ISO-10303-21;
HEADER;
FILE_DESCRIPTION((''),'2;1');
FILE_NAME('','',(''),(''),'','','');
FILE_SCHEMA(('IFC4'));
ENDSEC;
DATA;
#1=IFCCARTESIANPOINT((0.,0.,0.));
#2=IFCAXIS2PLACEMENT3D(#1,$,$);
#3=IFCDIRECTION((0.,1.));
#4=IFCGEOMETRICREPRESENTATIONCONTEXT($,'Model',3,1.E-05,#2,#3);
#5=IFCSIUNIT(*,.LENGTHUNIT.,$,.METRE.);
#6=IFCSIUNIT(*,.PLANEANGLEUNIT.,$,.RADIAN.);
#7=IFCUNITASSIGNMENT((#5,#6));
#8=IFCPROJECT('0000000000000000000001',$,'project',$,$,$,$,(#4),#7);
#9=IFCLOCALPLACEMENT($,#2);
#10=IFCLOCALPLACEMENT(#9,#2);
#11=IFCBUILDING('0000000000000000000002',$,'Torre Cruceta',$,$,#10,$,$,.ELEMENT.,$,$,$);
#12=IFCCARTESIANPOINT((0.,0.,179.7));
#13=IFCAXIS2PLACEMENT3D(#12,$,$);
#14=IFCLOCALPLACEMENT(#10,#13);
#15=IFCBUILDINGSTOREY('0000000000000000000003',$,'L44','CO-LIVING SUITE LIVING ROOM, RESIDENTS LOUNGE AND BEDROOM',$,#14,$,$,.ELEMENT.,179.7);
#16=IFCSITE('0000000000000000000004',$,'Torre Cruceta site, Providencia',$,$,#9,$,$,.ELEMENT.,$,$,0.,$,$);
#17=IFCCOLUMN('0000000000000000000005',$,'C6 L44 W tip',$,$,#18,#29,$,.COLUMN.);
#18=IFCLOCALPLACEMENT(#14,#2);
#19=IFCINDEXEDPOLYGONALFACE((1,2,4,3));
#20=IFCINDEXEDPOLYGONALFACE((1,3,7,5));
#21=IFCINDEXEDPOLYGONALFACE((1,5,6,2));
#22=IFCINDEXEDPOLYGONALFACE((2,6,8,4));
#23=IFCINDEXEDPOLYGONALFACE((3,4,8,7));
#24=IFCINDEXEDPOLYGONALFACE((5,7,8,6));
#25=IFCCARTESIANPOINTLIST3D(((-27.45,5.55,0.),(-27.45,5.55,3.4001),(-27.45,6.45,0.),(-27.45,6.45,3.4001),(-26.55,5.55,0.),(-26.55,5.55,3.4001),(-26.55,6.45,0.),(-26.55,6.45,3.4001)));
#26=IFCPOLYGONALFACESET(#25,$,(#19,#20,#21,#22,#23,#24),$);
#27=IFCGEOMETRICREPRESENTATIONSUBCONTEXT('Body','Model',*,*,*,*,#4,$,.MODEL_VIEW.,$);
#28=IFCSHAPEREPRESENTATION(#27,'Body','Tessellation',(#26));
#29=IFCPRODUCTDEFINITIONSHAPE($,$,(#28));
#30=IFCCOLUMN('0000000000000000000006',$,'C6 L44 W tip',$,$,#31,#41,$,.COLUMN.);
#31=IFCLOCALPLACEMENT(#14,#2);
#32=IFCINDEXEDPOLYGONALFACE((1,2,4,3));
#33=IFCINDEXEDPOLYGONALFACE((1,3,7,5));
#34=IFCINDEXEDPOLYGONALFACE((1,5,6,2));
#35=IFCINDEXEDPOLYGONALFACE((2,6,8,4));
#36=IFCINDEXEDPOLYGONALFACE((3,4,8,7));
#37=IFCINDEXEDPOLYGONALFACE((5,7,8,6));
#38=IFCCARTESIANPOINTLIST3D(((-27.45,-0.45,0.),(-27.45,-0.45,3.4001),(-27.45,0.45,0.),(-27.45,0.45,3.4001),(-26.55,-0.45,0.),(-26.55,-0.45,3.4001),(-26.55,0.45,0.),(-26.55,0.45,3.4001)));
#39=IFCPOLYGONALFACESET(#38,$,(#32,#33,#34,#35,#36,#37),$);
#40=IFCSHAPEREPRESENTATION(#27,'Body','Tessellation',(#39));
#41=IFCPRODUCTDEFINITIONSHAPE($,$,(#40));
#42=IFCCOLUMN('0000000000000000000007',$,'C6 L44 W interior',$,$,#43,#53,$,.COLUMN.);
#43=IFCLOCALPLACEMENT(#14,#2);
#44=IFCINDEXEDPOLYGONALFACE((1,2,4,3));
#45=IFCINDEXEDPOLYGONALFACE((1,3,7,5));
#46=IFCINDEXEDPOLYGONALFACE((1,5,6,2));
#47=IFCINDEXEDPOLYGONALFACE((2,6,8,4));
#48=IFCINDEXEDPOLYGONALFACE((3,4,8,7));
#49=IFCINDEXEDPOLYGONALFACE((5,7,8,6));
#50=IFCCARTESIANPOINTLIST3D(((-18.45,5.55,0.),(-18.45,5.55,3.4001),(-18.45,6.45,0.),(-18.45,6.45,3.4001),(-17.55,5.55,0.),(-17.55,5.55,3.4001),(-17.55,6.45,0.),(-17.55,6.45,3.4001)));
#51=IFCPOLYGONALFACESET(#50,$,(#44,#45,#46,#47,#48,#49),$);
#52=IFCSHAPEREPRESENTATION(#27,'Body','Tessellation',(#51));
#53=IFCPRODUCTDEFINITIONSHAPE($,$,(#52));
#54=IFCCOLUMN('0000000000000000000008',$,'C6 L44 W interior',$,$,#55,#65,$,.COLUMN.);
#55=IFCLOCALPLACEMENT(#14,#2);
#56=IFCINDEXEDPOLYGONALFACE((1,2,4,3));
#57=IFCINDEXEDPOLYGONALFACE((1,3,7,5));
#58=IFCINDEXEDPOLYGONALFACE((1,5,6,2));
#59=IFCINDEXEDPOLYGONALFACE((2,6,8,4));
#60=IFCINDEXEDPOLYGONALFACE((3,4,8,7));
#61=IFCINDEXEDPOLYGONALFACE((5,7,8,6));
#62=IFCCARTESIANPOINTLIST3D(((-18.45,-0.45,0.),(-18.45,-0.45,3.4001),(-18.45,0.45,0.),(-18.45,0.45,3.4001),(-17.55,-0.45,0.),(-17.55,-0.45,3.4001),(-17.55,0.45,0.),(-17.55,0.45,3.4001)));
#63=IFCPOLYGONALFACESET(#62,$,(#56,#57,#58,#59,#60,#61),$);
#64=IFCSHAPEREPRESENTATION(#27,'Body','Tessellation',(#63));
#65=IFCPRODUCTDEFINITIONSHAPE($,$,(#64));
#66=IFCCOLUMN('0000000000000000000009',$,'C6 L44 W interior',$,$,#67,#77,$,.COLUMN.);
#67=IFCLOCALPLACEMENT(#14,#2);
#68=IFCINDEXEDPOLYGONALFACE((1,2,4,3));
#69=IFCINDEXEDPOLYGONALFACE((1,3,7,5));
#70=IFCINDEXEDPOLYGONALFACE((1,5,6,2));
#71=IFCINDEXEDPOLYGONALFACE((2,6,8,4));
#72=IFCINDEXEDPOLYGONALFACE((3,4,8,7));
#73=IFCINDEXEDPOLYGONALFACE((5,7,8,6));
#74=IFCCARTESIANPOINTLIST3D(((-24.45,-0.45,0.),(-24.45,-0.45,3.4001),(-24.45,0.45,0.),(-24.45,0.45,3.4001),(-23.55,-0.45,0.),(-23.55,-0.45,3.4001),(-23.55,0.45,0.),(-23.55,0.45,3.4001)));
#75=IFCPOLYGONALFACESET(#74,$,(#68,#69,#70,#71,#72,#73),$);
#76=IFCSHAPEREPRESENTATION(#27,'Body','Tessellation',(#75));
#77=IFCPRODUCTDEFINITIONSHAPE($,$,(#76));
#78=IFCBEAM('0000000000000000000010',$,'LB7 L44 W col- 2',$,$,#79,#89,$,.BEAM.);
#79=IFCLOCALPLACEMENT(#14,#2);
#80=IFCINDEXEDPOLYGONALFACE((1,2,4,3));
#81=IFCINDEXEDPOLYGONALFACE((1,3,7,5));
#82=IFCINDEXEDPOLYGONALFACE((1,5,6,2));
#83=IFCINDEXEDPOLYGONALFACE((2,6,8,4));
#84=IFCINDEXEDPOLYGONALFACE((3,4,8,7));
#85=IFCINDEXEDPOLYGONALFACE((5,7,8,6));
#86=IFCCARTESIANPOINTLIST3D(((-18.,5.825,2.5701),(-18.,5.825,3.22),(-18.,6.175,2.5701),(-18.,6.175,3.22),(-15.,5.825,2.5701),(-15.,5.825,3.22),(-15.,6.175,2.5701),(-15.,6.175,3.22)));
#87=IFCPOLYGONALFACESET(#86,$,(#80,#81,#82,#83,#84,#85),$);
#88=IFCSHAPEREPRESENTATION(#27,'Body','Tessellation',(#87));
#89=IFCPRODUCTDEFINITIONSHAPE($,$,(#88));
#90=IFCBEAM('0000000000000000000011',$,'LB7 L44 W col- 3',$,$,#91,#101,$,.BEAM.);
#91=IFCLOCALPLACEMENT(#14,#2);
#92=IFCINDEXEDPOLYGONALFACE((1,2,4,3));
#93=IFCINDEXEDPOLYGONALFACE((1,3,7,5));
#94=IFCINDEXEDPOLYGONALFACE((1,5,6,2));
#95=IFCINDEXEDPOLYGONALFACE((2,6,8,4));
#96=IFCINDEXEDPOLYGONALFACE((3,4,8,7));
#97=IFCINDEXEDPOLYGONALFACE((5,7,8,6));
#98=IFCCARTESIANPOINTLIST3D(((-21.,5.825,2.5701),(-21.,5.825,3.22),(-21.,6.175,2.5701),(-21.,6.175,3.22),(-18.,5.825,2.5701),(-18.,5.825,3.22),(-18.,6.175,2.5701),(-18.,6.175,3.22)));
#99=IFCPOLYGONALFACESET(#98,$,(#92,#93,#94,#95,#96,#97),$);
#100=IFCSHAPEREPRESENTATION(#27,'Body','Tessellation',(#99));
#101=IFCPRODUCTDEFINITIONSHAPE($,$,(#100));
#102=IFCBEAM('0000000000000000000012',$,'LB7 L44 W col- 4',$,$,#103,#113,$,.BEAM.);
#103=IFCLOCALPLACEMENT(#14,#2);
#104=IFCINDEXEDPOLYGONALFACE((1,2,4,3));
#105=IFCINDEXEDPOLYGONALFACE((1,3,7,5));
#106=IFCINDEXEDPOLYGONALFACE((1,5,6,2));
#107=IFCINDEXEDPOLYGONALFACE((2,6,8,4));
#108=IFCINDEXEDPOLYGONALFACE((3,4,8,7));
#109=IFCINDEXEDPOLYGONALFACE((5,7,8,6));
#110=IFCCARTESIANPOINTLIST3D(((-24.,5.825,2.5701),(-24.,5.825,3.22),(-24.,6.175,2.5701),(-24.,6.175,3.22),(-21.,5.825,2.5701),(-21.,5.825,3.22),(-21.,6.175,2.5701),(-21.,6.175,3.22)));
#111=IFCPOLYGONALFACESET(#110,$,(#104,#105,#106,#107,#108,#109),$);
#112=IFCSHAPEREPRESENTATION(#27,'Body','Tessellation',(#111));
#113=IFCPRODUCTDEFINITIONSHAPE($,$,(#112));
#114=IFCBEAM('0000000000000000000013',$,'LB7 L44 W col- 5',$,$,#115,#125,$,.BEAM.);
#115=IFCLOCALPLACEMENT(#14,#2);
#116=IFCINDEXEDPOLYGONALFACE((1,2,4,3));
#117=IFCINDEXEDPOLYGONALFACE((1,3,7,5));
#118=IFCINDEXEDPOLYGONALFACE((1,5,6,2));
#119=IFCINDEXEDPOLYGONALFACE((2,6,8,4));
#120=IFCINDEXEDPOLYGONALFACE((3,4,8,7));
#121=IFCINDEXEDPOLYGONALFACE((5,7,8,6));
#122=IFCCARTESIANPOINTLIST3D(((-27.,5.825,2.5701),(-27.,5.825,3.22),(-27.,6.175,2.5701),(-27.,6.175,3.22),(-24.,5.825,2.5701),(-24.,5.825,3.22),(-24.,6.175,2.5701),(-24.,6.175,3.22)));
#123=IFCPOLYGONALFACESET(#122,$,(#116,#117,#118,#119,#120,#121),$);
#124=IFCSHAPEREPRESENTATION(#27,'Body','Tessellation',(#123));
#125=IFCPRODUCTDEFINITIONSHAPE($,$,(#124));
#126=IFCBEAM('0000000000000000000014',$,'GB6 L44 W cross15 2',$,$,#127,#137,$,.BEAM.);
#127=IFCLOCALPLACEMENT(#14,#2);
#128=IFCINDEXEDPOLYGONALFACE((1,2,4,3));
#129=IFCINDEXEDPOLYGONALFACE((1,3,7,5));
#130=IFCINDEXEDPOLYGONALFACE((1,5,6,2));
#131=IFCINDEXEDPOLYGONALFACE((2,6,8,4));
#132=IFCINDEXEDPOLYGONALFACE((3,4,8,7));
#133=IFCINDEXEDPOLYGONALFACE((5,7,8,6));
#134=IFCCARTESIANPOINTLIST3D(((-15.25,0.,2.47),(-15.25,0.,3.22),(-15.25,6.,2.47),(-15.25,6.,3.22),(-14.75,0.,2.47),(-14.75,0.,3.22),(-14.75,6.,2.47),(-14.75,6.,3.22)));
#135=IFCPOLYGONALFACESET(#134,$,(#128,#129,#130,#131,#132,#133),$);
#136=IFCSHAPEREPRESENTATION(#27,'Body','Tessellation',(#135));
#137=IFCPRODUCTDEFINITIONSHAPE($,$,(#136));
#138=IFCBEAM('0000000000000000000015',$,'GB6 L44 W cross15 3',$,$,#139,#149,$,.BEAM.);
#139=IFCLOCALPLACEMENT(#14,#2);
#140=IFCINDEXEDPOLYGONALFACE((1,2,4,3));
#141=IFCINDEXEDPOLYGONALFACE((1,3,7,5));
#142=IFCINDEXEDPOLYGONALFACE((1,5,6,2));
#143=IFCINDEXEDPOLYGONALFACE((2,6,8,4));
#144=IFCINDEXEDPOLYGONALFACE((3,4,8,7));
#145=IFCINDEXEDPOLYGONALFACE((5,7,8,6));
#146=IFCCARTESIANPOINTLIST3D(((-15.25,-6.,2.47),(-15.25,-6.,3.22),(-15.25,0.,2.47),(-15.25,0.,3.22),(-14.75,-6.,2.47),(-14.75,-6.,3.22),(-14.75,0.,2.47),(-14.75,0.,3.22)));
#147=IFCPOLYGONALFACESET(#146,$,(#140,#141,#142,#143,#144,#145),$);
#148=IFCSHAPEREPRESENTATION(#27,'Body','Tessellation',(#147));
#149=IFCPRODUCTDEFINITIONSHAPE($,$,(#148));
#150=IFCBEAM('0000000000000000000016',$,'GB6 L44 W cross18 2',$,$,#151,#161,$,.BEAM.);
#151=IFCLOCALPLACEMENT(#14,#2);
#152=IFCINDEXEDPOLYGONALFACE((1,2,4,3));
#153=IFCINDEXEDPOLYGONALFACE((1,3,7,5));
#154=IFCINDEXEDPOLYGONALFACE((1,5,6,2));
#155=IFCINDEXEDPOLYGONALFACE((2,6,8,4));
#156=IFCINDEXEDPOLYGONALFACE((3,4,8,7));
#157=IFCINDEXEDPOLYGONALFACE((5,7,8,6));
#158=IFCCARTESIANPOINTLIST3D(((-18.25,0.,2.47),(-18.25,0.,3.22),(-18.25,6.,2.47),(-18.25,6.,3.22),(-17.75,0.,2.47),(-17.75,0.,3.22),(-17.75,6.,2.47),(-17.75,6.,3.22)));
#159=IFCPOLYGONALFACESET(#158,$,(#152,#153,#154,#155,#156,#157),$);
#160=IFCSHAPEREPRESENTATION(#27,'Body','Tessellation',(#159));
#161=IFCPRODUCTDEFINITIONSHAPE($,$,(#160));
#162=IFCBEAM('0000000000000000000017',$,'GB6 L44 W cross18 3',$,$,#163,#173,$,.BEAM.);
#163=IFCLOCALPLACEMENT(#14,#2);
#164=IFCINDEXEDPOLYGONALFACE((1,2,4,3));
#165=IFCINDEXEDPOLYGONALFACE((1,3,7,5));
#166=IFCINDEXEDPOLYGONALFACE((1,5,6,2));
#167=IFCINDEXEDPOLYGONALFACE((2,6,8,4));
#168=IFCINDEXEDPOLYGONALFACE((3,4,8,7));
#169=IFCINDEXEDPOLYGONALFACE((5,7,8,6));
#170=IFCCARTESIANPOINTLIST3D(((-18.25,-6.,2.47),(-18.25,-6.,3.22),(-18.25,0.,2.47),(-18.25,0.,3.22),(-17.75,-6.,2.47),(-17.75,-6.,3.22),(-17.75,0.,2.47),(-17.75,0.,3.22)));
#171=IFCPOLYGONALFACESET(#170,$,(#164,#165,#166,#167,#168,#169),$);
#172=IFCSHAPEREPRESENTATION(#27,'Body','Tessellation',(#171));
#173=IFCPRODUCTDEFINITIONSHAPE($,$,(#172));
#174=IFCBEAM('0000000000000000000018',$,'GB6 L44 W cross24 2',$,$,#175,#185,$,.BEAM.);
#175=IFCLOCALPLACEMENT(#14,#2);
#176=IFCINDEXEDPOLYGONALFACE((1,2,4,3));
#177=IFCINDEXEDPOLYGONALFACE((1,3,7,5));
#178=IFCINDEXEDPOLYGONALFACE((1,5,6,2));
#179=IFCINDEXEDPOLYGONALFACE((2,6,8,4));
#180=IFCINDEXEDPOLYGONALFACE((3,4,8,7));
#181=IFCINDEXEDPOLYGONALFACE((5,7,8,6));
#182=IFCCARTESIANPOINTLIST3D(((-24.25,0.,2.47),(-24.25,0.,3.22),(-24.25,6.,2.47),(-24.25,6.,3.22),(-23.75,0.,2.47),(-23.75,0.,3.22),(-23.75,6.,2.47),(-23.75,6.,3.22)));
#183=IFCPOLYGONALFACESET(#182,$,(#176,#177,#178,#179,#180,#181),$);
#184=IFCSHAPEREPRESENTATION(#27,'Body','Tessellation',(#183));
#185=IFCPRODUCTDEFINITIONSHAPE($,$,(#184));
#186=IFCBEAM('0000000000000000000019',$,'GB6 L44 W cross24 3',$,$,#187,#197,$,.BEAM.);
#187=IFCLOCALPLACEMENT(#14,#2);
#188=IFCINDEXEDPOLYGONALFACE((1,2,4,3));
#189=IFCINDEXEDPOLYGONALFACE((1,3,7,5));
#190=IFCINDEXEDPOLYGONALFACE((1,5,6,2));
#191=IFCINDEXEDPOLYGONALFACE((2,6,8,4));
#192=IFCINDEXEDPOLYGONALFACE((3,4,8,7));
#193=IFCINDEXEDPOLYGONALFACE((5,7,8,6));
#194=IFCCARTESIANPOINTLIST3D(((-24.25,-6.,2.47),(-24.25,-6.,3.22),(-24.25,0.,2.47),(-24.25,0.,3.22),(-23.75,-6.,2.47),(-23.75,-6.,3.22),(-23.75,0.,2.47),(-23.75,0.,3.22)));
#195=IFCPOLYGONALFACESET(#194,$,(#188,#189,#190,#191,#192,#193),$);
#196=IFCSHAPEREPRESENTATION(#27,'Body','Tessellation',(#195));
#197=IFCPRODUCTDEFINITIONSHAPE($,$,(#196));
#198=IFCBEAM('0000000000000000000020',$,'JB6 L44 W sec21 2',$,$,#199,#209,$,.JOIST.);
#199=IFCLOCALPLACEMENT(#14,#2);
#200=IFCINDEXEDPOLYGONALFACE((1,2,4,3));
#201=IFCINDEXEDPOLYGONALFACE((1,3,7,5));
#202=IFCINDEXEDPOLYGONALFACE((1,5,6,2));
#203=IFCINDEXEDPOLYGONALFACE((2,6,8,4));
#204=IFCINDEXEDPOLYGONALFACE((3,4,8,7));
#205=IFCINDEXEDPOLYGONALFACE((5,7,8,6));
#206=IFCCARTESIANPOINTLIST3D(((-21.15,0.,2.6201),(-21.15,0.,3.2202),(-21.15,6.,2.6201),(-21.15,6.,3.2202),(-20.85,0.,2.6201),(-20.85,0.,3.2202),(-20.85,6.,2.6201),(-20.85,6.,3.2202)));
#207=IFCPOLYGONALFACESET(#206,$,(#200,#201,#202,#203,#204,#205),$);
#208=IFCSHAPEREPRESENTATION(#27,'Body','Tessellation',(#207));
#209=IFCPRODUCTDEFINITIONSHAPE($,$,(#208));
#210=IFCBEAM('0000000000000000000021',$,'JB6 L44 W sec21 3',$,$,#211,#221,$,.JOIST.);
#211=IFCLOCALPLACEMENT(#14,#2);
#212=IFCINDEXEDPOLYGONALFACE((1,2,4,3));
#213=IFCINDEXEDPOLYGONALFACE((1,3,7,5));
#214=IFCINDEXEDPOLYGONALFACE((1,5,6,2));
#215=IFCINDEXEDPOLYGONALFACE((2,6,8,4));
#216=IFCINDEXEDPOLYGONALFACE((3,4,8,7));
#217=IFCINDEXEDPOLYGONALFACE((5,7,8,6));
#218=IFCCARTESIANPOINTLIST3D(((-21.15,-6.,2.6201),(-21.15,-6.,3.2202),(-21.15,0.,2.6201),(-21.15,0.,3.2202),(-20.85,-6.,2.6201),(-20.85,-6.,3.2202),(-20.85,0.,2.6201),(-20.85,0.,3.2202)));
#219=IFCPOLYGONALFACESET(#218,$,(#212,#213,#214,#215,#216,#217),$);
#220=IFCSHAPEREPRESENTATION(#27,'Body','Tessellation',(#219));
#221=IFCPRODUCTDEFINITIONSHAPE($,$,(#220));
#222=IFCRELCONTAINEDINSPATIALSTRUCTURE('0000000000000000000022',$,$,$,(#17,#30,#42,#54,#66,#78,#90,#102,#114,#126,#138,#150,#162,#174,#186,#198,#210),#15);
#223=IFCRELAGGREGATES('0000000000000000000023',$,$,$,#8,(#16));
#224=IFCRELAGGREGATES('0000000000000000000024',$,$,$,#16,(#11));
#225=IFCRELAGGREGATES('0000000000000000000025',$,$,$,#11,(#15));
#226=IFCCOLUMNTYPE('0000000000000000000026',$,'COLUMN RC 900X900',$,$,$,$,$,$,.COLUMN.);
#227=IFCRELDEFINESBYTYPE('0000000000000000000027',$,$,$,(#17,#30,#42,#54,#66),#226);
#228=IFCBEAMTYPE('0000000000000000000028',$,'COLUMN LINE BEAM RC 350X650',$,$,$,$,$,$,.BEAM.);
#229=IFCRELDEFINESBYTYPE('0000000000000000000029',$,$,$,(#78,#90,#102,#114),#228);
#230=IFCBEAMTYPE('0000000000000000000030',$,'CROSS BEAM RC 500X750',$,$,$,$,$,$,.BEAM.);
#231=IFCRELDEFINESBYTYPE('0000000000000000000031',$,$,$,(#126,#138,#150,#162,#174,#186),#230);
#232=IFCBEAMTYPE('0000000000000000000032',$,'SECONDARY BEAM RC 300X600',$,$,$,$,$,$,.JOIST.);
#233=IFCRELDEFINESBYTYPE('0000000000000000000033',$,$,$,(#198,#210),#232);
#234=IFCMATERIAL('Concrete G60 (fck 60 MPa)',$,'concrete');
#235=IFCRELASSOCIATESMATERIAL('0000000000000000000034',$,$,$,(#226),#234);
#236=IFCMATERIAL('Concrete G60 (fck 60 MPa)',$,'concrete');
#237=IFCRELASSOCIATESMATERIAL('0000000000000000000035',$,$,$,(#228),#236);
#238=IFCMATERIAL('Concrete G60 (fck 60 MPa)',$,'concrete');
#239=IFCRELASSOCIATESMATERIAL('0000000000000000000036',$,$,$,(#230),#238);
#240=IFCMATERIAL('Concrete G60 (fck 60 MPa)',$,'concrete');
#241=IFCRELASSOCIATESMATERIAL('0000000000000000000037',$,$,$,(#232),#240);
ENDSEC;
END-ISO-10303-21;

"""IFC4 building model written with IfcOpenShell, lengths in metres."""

from ifc_helpers import new_model, si_unit, direction, frame, origin, origin_2d, place, context, subcontext, project, spatial, rectangle, extrude, material, material_profile, profile_set, type_object, element, save


model = new_model("IFC4")

# Units and contexts
model_context = context("Model", 3, precision=1e-05, world=origin(), true_north=direction((0.0, 1.0)))
body_context = subcontext(model_context, "Body", "Model", "MODEL_VIEW")
ifc_project = project(units=[si_unit("LENGTHUNIT", "METRE"), si_unit("PLANEANGLEUNIT", "RADIAN")], contexts=[model_context])

# Site, building, storey
site_placement = place(None, origin())
site = spatial("IfcSite", under=ifc_project, at=site_placement, Name="Torre Cruceta site, Providencia", CompositionType="ELEMENT", RefElevation=0.0)
building_placement = place(site_placement, origin())
building = spatial("IfcBuilding", under=site, at=building_placement, Name="Torre Cruceta", CompositionType="ELEMENT")
storey_placement = place(building_placement, frame((0.0, 0.0, 179.7)))
storey = spatial("IfcBuildingStorey", under=building, at=storey_placement, Name="L44", Description="CO-LIVING SUITE LIVING ROOM, RESIDENTS LOUNGE AND BEDROOM", CompositionType="ELEMENT", Elevation=179.7)

# Columns
ifc_material_1 = material(Name="Concrete G60 (fck 60 MPa)", Category="concrete")
ifc_material_profile_1 = material_profile(ifc_material_1, rectangle(XDim=0.8999, YDim=0.8999, at=origin_2d()), Name="RC 900X900")
ifc_profile_set_1 = profile_set([ifc_material_profile_1], Name="Concrete G60 (fck 60 MPa)")
column_type = type_object("IfcColumnType", Name="COLUMN RC 900X900", PredefinedType="COLUMN", material=ifc_profile_set_1)
for number, where, z_axis, x_axis, name in (
    (1, (-27.0, 6.0, 0.0), (0.0, 0.0, 1.0), (1.0, 0.0, 0.0), "C6 L44 W tip"),
    (2, (-27.0, 0.0, 0.0), (0.0, 0.0, 1.0), (1.0, 0.0, 0.0), "C6 L44 W tip"),
    (3, (-18.0, 6.0, 0.0), (0.0, 0.0, 1.0), (1.0, 0.0, 0.0), "C6 L44 W interior"),
    (4, (-18.0, 0.0, 0.0), (0.0, 0.0, 1.0), (1.0, 0.0, 0.0), "C6 L44 W interior"),
    (5, (-24.0, 0.0, 0.0), (0.0, 0.0, 1.0), (1.0, 0.0, 0.0), "C6 L44 W interior"),
):
    element("IfcColumn", number, at=place(storey_placement, frame(where, z_axis=z_axis, x_axis=x_axis)), inside=storey, type_object=column_type, Name=name, PredefinedType="COLUMN", context=body_context, shape_type="SweptSolid", body=[
        extrude(rectangle(XDim=0.8999, YDim=0.8999, at=origin_2d()), origin(), (0.0, 0.0, 1.0), 3.4001),
    ])

# Beams
ifc_material_2 = material(Name="Concrete G60 (fck 60 MPa)", Category="concrete")
ifc_material_profile_2 = material_profile(ifc_material_2, rectangle(XDim=0.3501, YDim=0.6499, at=origin_2d()), Name="RC 350X650")
ifc_profile_set_2 = profile_set([ifc_material_profile_2], Name="Concrete G60 (fck 60 MPa)")
beam_type_1 = type_object("IfcBeamType", Name="COLUMN LINE BEAM RC 350X650", PredefinedType="BEAM", material=ifc_profile_set_2)
for number, where, z_axis, x_axis, name in (
    (6, (-15.0, 6.0, 2.895), (-1.0, 0.0, 0.0), (0.0, -1.0, 0.0), "LB7 L44 W col- 2"),
    (7, (-18.0, 6.0, 2.895), (-1.0, 0.0, 0.0), (0.0, -1.0, 0.0), "LB7 L44 W col- 3"),
    (8, (-21.0, 6.0, 2.895), (-1.0, 0.0, 0.0), (0.0, -1.0, 0.0), "LB7 L44 W col- 4"),
    (9, (-24.0, 6.0, 2.895), (-1.0, 0.0, 0.0), (0.0, -1.0, 0.0), "LB7 L44 W col- 5"),
):
    element("IfcBeam", number, at=place(storey_placement, frame(where, z_axis=z_axis, x_axis=x_axis)), inside=storey, type_object=beam_type_1, Name=name, PredefinedType="BEAM", context=body_context, shape_type="SweptSolid", body=[
        extrude(rectangle(XDim=0.3501, YDim=0.6499, at=origin_2d()), origin(), (0.0, 0.0, 1.0), 3.0),
    ])
ifc_material_3 = material(Name="Concrete G60 (fck 60 MPa)", Category="concrete")
ifc_material_profile_3 = material_profile(ifc_material_3, rectangle(XDim=0.5, YDim=0.75, at=origin_2d()), Name="RC 500X750")
ifc_profile_set_3 = profile_set([ifc_material_profile_3], Name="Concrete G60 (fck 60 MPa)")
beam_type_2 = type_object("IfcBeamType", Name="CROSS BEAM RC 500X750", PredefinedType="BEAM", material=ifc_profile_set_3)
for number, where, z_axis, x_axis, name in (
    (10, (-15.0, 6.0, 2.845), (0.0, -1.0, 0.0), (1.0, 0.0, 0.0), "GB6 L44 W cross15 2"),
    (11, (-15.0, 0.0, 2.845), (0.0, -1.0, 0.0), (1.0, 0.0, 0.0), "GB6 L44 W cross15 3"),
    (12, (-18.0, 6.0, 2.845), (0.0, -1.0, 0.0), (1.0, 0.0, 0.0), "GB6 L44 W cross18 2"),
    (13, (-18.0, 0.0, 2.845), (0.0, -1.0, 0.0), (1.0, 0.0, 0.0), "GB6 L44 W cross18 3"),
    (14, (-24.0, 6.0, 2.845), (0.0, -1.0, 0.0), (1.0, 0.0, 0.0), "GB6 L44 W cross24 2"),
    (15, (-24.0, 0.0, 2.845), (0.0, -1.0, 0.0), (1.0, 0.0, 0.0), "GB6 L44 W cross24 3"),
):
    element("IfcBeam", number, at=place(storey_placement, frame(where, z_axis=z_axis, x_axis=x_axis)), inside=storey, type_object=beam_type_2, Name=name, PredefinedType="BEAM", context=body_context, shape_type="SweptSolid", body=[
        extrude(rectangle(XDim=0.5, YDim=0.75, at=origin_2d()), origin(), (0.0, 0.0, 1.0), 6.0),
    ])
ifc_material_4 = material(Name="Concrete G60 (fck 60 MPa)", Category="concrete")
ifc_material_profile_4 = material_profile(ifc_material_4, rectangle(XDim=0.3, YDim=0.6001, at=origin_2d()), Name="RC 300X600")
ifc_profile_set_4 = profile_set([ifc_material_profile_4], Name="Concrete G60 (fck 60 MPa)")
beam_type_3 = type_object("IfcBeamType", Name="SECONDARY BEAM RC 300X600", PredefinedType="JOIST", material=ifc_profile_set_4)
for number, where, z_axis, x_axis, name in (
    (16, (-21.0, 6.0, 2.9202), (0.0, -1.0, 0.0), (1.0, 0.0, 0.0), "JB6 L44 W sec21 2"),
    (17, (-21.0, 0.0, 2.9202), (0.0, -1.0, 0.0), (1.0, 0.0, 0.0), "JB6 L44 W sec21 3"),
):
    element("IfcBeam", number, at=place(storey_placement, frame(where, z_axis=z_axis, x_axis=x_axis)), inside=storey, type_object=beam_type_3, Name=name, PredefinedType="JOIST", context=body_context, shape_type="SweptSolid", body=[
        extrude(rectangle(XDim=0.3, YDim=0.6001, at=origin_2d()), origin(), (0.0, 0.0, 1.0), 6.0),
    ])

save(model, "model.ifc")
